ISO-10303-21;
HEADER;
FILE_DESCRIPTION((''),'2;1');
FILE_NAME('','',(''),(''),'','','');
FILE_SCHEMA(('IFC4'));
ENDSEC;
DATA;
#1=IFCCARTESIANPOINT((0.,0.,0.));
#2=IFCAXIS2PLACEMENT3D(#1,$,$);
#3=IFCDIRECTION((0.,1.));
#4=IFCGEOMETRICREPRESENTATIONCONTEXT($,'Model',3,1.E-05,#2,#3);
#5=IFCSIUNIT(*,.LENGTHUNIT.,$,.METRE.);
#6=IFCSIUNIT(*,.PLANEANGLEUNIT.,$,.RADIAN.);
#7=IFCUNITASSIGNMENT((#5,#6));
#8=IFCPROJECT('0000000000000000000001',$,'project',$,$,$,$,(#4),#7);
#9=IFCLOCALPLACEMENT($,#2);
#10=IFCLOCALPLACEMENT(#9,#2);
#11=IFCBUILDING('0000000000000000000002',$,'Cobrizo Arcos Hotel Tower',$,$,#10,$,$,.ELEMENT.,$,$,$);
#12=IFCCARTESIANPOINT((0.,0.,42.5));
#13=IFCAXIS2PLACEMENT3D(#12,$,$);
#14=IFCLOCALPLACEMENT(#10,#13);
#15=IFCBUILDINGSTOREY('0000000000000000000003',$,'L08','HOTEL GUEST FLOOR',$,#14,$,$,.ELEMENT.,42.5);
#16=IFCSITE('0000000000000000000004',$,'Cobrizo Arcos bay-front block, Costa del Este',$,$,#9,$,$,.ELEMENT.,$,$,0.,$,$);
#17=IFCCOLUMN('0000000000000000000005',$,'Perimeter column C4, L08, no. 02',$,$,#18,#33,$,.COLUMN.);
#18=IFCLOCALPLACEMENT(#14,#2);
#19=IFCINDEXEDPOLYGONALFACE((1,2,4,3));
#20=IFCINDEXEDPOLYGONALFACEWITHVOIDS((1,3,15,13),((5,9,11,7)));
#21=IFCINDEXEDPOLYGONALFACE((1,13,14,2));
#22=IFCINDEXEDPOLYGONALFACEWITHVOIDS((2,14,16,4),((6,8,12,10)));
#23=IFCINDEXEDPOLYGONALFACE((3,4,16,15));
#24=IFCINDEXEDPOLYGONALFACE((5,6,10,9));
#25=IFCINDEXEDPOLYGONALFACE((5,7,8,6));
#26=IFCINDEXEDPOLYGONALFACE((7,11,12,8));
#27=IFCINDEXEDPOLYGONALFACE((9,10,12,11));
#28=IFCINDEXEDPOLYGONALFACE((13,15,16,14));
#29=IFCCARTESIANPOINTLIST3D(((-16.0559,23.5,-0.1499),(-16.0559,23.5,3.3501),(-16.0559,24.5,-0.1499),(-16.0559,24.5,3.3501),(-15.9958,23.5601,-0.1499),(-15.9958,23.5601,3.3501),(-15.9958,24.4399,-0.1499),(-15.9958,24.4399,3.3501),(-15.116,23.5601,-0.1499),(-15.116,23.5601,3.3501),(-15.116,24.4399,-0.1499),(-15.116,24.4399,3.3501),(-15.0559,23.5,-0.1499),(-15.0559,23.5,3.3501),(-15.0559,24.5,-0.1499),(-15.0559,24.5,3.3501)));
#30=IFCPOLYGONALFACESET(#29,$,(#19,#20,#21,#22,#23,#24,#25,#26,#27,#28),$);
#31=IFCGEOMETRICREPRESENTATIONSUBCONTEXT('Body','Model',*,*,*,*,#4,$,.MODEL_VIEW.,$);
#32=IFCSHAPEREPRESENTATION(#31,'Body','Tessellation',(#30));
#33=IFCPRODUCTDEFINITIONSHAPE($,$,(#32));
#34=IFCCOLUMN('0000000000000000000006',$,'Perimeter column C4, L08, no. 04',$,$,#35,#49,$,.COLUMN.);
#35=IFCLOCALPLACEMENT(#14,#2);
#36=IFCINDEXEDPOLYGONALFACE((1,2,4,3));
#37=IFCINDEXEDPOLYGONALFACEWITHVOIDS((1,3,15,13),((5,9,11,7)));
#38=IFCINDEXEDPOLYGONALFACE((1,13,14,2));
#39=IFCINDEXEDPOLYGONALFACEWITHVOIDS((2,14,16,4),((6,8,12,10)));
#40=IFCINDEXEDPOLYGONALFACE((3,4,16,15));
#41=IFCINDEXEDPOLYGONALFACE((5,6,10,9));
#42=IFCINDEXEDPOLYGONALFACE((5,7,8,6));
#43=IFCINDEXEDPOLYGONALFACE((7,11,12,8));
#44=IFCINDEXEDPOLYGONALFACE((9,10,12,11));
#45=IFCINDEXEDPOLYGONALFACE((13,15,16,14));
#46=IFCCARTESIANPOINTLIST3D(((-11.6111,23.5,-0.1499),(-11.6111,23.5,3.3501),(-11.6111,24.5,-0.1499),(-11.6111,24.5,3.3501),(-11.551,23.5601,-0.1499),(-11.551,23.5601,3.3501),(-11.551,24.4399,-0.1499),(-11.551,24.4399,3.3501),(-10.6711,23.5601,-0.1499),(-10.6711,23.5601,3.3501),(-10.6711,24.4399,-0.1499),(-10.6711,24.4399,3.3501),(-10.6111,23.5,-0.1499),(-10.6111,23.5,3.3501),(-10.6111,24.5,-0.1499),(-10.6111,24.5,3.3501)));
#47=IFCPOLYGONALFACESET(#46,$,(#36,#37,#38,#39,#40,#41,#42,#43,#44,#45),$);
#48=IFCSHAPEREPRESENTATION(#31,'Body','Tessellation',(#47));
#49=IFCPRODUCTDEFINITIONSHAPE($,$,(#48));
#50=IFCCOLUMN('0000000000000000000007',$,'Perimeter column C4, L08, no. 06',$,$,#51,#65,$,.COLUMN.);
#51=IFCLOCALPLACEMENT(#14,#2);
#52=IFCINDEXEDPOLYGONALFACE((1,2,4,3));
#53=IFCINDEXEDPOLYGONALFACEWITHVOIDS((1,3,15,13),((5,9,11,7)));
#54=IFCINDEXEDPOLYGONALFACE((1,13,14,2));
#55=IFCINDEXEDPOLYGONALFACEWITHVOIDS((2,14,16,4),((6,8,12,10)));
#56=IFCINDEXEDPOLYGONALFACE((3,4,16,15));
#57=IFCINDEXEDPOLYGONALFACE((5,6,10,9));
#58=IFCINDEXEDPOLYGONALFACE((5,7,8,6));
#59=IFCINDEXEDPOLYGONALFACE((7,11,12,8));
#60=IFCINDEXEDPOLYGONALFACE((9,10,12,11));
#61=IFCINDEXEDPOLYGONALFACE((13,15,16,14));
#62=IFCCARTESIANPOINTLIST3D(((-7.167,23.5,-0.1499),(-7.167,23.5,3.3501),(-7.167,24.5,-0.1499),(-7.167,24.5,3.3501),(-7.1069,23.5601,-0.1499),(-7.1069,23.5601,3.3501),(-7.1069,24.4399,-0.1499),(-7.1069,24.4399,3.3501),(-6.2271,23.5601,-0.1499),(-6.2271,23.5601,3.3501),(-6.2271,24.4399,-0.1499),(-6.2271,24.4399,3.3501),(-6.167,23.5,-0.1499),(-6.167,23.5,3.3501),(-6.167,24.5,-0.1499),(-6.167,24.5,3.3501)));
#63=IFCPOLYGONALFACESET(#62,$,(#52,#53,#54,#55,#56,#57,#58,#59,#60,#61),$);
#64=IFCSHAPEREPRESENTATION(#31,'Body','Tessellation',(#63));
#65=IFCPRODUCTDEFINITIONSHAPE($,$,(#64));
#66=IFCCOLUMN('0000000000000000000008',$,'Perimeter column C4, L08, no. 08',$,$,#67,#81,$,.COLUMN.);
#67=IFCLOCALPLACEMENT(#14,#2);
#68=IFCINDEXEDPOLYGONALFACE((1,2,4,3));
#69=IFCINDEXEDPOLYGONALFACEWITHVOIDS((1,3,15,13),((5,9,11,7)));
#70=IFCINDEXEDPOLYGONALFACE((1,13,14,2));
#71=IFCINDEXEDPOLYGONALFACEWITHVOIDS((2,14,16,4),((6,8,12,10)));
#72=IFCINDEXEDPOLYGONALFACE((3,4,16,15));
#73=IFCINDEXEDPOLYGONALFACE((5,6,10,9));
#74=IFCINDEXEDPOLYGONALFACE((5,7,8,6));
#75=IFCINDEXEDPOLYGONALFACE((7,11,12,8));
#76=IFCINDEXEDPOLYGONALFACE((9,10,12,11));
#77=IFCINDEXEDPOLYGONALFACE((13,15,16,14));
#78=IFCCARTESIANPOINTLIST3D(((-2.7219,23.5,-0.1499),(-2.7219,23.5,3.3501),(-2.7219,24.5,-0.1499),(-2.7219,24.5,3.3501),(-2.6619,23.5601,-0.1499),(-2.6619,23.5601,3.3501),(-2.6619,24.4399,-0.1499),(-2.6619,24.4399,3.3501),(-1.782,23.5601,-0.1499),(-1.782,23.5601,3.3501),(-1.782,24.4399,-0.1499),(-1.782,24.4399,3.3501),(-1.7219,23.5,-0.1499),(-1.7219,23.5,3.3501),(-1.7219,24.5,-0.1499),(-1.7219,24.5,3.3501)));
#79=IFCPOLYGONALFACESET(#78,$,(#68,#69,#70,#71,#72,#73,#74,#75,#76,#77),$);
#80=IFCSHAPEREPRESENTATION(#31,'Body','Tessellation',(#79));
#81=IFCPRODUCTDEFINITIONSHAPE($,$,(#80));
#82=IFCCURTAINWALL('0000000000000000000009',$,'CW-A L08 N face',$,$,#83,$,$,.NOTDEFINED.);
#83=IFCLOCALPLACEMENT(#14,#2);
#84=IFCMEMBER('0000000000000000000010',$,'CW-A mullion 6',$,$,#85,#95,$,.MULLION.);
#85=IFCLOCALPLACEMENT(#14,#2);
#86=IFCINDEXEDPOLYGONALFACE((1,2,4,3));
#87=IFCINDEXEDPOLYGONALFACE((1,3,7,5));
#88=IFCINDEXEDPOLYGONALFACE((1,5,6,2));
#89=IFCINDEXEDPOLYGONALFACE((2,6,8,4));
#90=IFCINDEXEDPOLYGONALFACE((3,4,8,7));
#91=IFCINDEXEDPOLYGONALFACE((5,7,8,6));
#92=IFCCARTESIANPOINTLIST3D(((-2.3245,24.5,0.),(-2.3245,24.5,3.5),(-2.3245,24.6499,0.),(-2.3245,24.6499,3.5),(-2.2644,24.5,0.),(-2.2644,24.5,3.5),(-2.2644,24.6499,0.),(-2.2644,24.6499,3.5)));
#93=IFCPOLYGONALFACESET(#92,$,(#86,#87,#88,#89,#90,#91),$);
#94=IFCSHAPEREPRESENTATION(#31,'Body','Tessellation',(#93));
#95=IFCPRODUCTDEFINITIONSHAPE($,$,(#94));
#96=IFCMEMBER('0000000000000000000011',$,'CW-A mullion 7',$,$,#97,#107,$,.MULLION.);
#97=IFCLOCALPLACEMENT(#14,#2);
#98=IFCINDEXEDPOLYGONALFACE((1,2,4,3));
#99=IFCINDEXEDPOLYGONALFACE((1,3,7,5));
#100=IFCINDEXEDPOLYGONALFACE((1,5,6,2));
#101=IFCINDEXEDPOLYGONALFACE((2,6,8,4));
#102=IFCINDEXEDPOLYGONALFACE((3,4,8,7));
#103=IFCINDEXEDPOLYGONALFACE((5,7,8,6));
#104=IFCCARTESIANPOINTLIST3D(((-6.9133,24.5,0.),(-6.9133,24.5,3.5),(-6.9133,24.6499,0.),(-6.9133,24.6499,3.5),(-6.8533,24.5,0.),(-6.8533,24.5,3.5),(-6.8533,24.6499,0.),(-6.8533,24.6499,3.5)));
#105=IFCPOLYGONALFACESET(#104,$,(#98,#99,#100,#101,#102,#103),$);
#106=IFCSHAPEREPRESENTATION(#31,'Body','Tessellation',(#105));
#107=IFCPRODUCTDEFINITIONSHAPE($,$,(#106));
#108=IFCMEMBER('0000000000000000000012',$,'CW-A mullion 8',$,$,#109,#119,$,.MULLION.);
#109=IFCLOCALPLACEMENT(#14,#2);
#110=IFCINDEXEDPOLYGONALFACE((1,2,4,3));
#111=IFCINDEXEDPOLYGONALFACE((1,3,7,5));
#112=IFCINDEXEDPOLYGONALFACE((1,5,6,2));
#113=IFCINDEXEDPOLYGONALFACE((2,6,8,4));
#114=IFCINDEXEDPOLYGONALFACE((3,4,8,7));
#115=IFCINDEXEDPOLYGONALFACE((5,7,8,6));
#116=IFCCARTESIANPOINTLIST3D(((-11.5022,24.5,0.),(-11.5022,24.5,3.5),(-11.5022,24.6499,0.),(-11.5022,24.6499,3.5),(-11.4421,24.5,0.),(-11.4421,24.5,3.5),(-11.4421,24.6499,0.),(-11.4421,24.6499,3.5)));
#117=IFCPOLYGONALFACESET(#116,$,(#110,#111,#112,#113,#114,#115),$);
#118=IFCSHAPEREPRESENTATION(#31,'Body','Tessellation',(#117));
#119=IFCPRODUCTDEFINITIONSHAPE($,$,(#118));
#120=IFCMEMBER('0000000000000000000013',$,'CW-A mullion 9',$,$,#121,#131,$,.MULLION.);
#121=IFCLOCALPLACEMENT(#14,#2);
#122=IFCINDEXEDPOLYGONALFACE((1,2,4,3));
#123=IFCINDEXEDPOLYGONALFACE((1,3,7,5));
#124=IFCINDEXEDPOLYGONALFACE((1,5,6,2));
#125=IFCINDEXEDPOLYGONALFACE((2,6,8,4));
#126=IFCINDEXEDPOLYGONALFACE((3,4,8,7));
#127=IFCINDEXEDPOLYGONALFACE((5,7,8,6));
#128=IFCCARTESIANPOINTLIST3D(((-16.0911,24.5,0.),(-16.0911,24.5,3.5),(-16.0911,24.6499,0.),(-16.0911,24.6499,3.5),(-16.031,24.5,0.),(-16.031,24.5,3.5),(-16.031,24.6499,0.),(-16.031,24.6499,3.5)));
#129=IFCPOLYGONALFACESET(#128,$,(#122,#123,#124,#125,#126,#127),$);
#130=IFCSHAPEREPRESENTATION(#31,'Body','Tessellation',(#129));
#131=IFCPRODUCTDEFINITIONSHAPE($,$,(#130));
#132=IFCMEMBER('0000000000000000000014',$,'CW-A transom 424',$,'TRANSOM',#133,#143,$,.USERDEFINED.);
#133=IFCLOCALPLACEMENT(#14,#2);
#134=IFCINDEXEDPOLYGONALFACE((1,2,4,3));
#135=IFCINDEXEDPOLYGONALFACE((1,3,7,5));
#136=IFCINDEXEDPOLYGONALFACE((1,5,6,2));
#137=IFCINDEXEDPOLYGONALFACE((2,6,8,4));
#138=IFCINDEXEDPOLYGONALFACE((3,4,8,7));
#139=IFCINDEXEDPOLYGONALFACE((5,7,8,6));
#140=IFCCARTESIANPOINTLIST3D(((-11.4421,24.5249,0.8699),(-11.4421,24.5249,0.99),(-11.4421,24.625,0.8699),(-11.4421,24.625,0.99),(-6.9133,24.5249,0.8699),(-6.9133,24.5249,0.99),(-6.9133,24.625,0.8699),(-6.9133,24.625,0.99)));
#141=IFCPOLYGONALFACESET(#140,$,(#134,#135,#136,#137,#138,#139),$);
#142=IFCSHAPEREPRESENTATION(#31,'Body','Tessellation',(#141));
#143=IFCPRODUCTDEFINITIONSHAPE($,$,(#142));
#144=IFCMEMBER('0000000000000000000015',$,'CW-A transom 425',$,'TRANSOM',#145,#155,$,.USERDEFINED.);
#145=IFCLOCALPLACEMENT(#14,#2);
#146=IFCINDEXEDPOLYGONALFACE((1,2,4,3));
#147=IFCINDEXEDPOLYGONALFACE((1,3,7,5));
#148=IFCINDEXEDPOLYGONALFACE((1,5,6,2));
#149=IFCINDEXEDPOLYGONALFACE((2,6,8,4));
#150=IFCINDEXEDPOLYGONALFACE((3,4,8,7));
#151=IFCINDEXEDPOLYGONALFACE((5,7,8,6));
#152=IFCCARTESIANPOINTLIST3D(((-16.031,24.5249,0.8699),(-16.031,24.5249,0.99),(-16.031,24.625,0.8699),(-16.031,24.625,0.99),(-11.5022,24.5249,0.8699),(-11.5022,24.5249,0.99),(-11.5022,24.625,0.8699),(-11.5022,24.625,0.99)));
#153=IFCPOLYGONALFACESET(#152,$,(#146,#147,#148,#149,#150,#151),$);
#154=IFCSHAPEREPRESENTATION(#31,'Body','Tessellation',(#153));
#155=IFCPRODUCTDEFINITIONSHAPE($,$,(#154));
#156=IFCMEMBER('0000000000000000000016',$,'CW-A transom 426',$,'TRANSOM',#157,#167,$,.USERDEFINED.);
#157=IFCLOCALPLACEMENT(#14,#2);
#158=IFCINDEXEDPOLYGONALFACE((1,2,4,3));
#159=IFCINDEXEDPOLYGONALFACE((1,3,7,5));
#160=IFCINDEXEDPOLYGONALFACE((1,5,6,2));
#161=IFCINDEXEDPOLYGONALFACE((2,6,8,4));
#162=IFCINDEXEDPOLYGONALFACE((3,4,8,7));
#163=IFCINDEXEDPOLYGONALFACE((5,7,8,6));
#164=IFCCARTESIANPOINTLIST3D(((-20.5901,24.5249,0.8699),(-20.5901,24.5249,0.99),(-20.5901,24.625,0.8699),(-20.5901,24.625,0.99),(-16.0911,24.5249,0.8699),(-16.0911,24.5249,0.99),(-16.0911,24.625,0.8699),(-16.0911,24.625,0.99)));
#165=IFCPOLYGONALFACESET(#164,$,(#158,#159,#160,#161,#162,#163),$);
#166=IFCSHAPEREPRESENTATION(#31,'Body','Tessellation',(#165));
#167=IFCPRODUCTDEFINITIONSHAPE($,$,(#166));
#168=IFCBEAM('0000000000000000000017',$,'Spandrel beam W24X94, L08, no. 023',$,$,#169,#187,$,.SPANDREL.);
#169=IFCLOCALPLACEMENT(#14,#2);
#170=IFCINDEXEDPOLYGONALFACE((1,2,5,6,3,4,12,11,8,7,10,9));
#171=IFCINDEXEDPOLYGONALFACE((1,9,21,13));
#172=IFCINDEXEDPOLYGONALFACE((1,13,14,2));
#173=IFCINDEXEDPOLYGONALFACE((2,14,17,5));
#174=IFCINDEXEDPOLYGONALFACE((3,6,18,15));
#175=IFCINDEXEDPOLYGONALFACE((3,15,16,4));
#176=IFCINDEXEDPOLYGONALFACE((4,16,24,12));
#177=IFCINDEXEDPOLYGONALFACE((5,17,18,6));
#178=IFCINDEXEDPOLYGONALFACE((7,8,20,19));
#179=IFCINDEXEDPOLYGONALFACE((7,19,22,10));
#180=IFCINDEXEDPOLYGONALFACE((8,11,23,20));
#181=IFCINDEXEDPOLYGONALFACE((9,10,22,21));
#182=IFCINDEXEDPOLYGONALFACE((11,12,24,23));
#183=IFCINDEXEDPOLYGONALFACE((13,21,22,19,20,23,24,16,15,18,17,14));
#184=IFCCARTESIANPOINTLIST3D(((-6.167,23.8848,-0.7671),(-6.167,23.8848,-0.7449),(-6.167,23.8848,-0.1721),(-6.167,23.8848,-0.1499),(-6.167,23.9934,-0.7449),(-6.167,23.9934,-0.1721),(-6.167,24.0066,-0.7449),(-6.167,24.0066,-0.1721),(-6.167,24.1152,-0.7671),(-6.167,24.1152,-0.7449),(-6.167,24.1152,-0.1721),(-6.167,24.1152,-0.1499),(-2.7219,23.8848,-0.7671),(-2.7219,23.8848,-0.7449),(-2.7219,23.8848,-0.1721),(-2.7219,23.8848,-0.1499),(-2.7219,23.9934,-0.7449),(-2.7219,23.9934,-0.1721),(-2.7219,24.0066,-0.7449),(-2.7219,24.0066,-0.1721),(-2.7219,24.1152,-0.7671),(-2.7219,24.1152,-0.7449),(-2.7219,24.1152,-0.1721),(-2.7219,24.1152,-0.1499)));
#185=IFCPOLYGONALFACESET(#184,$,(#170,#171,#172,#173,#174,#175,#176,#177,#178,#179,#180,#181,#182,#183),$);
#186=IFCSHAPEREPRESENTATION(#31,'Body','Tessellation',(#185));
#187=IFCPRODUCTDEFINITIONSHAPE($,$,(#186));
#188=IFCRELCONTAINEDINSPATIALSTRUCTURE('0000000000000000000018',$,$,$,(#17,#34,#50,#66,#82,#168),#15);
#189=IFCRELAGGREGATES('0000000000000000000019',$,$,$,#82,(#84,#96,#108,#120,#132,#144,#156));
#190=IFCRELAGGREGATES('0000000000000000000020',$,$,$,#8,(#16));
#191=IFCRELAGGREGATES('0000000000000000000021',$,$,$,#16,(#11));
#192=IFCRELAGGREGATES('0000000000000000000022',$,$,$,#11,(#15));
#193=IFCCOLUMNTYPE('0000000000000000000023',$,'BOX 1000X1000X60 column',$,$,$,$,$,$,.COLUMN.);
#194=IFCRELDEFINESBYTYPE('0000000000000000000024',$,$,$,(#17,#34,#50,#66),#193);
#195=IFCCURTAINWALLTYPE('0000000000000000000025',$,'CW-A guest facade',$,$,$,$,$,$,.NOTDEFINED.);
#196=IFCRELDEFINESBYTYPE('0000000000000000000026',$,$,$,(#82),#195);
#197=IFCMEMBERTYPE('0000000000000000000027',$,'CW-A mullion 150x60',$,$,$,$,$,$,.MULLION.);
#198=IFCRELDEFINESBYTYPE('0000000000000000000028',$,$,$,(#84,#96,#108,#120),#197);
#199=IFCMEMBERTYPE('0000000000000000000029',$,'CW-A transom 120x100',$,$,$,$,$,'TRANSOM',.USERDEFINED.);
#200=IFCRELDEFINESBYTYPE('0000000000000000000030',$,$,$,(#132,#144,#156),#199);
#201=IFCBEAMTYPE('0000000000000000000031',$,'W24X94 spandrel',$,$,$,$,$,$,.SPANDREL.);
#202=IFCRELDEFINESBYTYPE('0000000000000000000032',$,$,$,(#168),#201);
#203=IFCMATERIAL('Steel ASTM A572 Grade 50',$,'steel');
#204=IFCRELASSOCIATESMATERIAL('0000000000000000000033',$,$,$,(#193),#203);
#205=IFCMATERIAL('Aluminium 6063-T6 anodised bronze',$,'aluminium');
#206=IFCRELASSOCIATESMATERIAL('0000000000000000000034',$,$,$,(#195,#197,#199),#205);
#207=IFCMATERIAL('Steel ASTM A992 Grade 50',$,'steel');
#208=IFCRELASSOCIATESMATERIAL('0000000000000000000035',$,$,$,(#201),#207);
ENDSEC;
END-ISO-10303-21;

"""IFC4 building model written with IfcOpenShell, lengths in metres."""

from ifc_helpers import new_model, si_unit, direction, frame, origin, origin_2d, place, context, subcontext, project, spatial, rectangle, hollow_rectangle, i_section, extrude, material, material_profile, profile_set, type_object, element, aggregate, save


model = new_model("IFC4")

# Units and contexts
model_context = context("Model", 3, precision=1e-05, world=origin(), true_north=direction((0.0, 1.0)))
body_context = subcontext(model_context, "Body", "Model", "MODEL_VIEW")
ifc_project = project(units=[si_unit("LENGTHUNIT", "METRE"), si_unit("PLANEANGLEUNIT", "RADIAN")], contexts=[model_context])

# Site, building, storey
site_placement = place(None, origin())
site = spatial("IfcSite", under=ifc_project, at=site_placement, Name="Cobrizo Arcos bay-front block, Costa del Este", CompositionType="ELEMENT", RefElevation=0.0)
building_placement = place(site_placement, origin())
building = spatial("IfcBuilding", under=site, at=building_placement, Name="Cobrizo Arcos Hotel Tower", CompositionType="ELEMENT")
storey_placement = place(building_placement, frame((0.0, 0.0, 42.5)))
storey = spatial("IfcBuildingStorey", under=building, at=storey_placement, Name="L08", Description="HOTEL GUEST FLOOR", CompositionType="ELEMENT", Elevation=42.5)

# Columns
ifc_material_1 = material(Name="Steel ASTM A572 Grade 50", Category="steel")
ifc_material_profile_1 = material_profile(ifc_material_1, hollow_rectangle(XDim=1.0, YDim=1.0, WallThickness=0.0601, at=origin_2d()), Name="BOX 1000X1000X60")
ifc_profile_set_1 = profile_set([ifc_material_profile_1], Name="Steel ASTM A572 Grade 50")
column_type = type_object("IfcColumnType", Name="BOX 1000X1000X60 column", PredefinedType="COLUMN", material=ifc_profile_set_1)
for number, where, z_axis, x_axis, name in (
    (1, (-15.5559, 24.0, -0.1499), (0.0, 0.0, 1.0), (1.0, 0.0, 0.0), "Perimeter column C4, L08, no. 02"),
    (2, (-11.1111, 24.0, -0.1499), (0.0, 0.0, 1.0), (1.0, 0.0, 0.0), "Perimeter column C4, L08, no. 04"),
    (3, (-6.667, 24.0, -0.1499), (0.0, 0.0, 1.0), (1.0, 0.0, 0.0), "Perimeter column C4, L08, no. 06"),
    (4, (-2.2219, 24.0, -0.1499), (0.0, 0.0, 1.0), (1.0, 0.0, 0.0), "Perimeter column C4, L08, no. 08"),
):
    element("IfcColumn", number, at=place(storey_placement, frame(where, z_axis=z_axis, x_axis=x_axis)), inside=storey, type_object=column_type, Name=name, PredefinedType="COLUMN", context=body_context, shape_type="SweptSolid", body=[
        extrude(hollow_rectangle(XDim=1.0, YDim=1.0, WallThickness=0.0601, at=origin_2d()), origin(), (0.0, 0.0, 1.0), 3.5),
    ])

# Curtain wall, members
ifc_material_2 = material(Name="Aluminium 6063-T6 anodised bronze", Category="aluminium")
curtain_wall_type = type_object("IfcCurtainWallType", Name="CW-A guest facade", PredefinedType="NOTDEFINED", material=ifc_material_2)
curtain_wall_placement = place(storey_placement, origin())
curtain_wall = element("IfcCurtainWall", 5, at=curtain_wall_placement, inside=storey, type_object=curtain_wall_type, Name="CW-A L08 N face", PredefinedType="NOTDEFINED")
ifc_material_profile_2 = material_profile(ifc_material_2, rectangle(XDim=0.1499, YDim=0.0601, at=origin_2d()), Name="CW-A mullion 150x60")
ifc_profile_set_2 = profile_set([ifc_material_profile_2], Name="Aluminium 6063-T6 anodised bronze")
member_type_1 = type_object("IfcMemberType", Name="CW-A mullion 150x60", PredefinedType="MULLION", material=ifc_profile_set_2)
member_1_placement = place(storey_placement, frame((-2.2944, 24.575, 0.0), z_axis=(0.0, 0.0, 1.0), x_axis=(0.0, 1.0, 0.0)))
member_1 = element("IfcMember", 6, at=member_1_placement, type_object=member_type_1, Name="CW-A mullion 6", PredefinedType="MULLION", context=body_context, shape_type="SweptSolid", body=[
    extrude(rectangle(XDim=0.1499, YDim=0.0601, at=origin_2d()), origin(), (0.0, 0.0, 1.0), 3.5),
])
member_2_placement = place(storey_placement, frame((-6.8833, 24.575, 0.0), z_axis=(0.0, 0.0, 1.0), x_axis=(0.0, 1.0, 0.0)))
member_2 = element("IfcMember", 7, at=member_2_placement, type_object=member_type_1, Name="CW-A mullion 7", PredefinedType="MULLION", context=body_context, shape_type="SweptSolid", body=[
    extrude(rectangle(XDim=0.1499, YDim=0.0601, at=origin_2d()), origin(), (0.0, 0.0, 1.0), 3.5),
])
member_3_placement = place(storey_placement, frame((-11.4722, 24.575, 0.0), z_axis=(0.0, 0.0, 1.0), x_axis=(0.0, 1.0, 0.0)))
member_3 = element("IfcMember", 8, at=member_3_placement, type_object=member_type_1, Name="CW-A mullion 8", PredefinedType="MULLION", context=body_context, shape_type="SweptSolid", body=[
    extrude(rectangle(XDim=0.1499, YDim=0.0601, at=origin_2d()), origin(), (0.0, 0.0, 1.0), 3.5),
])
member_4_placement = place(storey_placement, frame((-16.061, 24.575, 0.0), z_axis=(0.0, 0.0, 1.0), x_axis=(0.0, 1.0, 0.0)))
member_4 = element("IfcMember", 9, at=member_4_placement, type_object=member_type_1, Name="CW-A mullion 9", PredefinedType="MULLION", context=body_context, shape_type="SweptSolid", body=[
    extrude(rectangle(XDim=0.1499, YDim=0.0601, at=origin_2d()), origin(), (0.0, 0.0, 1.0), 3.5),
])
ifc_material_profile_3 = material_profile(ifc_material_2, rectangle(XDim=0.1001, YDim=0.1201, at=origin_2d()), Name="CW-A transom 120x100")
ifc_profile_set_3 = profile_set([ifc_material_profile_3], Name="Aluminium 6063-T6 anodised bronze")
member_type_2 = type_object("IfcMemberType", Name="CW-A transom 120x100", ElementType="TRANSOM", PredefinedType="USERDEFINED", material=ifc_profile_set_3)
member_5_placement = place(storey_placement, frame((-6.9133, 24.575, 0.9299), z_axis=(-1.0, 0.0, 0.0), x_axis=(0.0, -1.0, 0.0)))
member_5 = element("IfcMember", 10, at=member_5_placement, type_object=member_type_2, Name="CW-A transom 424", ObjectType="TRANSOM", PredefinedType="USERDEFINED", context=body_context, shape_type="SweptSolid", body=[
    extrude(rectangle(XDim=0.1001, YDim=0.1201, at=origin_2d()), origin(), (0.0, 0.0, 1.0), 4.5288),
])
member_6_placement = place(storey_placement, frame((-11.5022, 24.575, 0.9299), z_axis=(-1.0, 0.0, 0.0), x_axis=(0.0, -1.0, 0.0)))
member_6 = element("IfcMember", 11, at=member_6_placement, type_object=member_type_2, Name="CW-A transom 425", ObjectType="TRANSOM", PredefinedType="USERDEFINED", context=body_context, shape_type="SweptSolid", body=[
    extrude(rectangle(XDim=0.1001, YDim=0.1201, at=origin_2d()), origin(), (0.0, 0.0, 1.0), 4.5288),
])
member_7_placement = place(storey_placement, frame((-16.0911, 24.575, 0.9299), z_axis=(-1.0, 0.0, 0.0), x_axis=(0.0, -1.0, 0.0)))
member_7 = element("IfcMember", 12, at=member_7_placement, type_object=member_type_2, Name="CW-A transom 426", ObjectType="TRANSOM", PredefinedType="USERDEFINED", context=body_context, shape_type="SweptSolid", body=[
    extrude(rectangle(XDim=0.1001, YDim=0.1201, at=origin_2d()), origin(), (0.0, 0.0, 1.0), 4.499),
])

# Beam
ifc_material_3 = material(Name="Steel ASTM A992 Grade 50", Category="steel")
ifc_material_profile_4 = material_profile(ifc_material_3, i_section(OverallWidth=0.2305, OverallDepth=0.6172, WebThickness=0.0132, FlangeThickness=0.0222, at=origin_2d()), Name="W24X94")
ifc_profile_set_4 = profile_set([ifc_material_profile_4], Name="Steel ASTM A992 Grade 50")
beam_type = type_object("IfcBeamType", Name="W24X94 spandrel", PredefinedType="SPANDREL", material=ifc_profile_set_4)
beam_1_placement = place(storey_placement, frame((-2.7219, 24.0, -0.4585), z_axis=(-1.0, 0.0, 0.0), x_axis=(0.0, -1.0, 0.0)))
element("IfcBeam", 13, at=beam_1_placement, inside=storey, type_object=beam_type, Name="Spandrel beam W24X94, L08, no. 023", PredefinedType="SPANDREL", context=body_context, shape_type="SweptSolid", body=[
    extrude(i_section(OverallWidth=0.2305, OverallDepth=0.6172, WebThickness=0.0132, FlangeThickness=0.0222, at=origin_2d()), origin(), (0.0, 0.0, 1.0), 3.4451),
])

aggregate(curtain_wall, [member_1, member_2, member_3, member_4, member_5, member_6, member_7])

save(model, "model.ifc")
